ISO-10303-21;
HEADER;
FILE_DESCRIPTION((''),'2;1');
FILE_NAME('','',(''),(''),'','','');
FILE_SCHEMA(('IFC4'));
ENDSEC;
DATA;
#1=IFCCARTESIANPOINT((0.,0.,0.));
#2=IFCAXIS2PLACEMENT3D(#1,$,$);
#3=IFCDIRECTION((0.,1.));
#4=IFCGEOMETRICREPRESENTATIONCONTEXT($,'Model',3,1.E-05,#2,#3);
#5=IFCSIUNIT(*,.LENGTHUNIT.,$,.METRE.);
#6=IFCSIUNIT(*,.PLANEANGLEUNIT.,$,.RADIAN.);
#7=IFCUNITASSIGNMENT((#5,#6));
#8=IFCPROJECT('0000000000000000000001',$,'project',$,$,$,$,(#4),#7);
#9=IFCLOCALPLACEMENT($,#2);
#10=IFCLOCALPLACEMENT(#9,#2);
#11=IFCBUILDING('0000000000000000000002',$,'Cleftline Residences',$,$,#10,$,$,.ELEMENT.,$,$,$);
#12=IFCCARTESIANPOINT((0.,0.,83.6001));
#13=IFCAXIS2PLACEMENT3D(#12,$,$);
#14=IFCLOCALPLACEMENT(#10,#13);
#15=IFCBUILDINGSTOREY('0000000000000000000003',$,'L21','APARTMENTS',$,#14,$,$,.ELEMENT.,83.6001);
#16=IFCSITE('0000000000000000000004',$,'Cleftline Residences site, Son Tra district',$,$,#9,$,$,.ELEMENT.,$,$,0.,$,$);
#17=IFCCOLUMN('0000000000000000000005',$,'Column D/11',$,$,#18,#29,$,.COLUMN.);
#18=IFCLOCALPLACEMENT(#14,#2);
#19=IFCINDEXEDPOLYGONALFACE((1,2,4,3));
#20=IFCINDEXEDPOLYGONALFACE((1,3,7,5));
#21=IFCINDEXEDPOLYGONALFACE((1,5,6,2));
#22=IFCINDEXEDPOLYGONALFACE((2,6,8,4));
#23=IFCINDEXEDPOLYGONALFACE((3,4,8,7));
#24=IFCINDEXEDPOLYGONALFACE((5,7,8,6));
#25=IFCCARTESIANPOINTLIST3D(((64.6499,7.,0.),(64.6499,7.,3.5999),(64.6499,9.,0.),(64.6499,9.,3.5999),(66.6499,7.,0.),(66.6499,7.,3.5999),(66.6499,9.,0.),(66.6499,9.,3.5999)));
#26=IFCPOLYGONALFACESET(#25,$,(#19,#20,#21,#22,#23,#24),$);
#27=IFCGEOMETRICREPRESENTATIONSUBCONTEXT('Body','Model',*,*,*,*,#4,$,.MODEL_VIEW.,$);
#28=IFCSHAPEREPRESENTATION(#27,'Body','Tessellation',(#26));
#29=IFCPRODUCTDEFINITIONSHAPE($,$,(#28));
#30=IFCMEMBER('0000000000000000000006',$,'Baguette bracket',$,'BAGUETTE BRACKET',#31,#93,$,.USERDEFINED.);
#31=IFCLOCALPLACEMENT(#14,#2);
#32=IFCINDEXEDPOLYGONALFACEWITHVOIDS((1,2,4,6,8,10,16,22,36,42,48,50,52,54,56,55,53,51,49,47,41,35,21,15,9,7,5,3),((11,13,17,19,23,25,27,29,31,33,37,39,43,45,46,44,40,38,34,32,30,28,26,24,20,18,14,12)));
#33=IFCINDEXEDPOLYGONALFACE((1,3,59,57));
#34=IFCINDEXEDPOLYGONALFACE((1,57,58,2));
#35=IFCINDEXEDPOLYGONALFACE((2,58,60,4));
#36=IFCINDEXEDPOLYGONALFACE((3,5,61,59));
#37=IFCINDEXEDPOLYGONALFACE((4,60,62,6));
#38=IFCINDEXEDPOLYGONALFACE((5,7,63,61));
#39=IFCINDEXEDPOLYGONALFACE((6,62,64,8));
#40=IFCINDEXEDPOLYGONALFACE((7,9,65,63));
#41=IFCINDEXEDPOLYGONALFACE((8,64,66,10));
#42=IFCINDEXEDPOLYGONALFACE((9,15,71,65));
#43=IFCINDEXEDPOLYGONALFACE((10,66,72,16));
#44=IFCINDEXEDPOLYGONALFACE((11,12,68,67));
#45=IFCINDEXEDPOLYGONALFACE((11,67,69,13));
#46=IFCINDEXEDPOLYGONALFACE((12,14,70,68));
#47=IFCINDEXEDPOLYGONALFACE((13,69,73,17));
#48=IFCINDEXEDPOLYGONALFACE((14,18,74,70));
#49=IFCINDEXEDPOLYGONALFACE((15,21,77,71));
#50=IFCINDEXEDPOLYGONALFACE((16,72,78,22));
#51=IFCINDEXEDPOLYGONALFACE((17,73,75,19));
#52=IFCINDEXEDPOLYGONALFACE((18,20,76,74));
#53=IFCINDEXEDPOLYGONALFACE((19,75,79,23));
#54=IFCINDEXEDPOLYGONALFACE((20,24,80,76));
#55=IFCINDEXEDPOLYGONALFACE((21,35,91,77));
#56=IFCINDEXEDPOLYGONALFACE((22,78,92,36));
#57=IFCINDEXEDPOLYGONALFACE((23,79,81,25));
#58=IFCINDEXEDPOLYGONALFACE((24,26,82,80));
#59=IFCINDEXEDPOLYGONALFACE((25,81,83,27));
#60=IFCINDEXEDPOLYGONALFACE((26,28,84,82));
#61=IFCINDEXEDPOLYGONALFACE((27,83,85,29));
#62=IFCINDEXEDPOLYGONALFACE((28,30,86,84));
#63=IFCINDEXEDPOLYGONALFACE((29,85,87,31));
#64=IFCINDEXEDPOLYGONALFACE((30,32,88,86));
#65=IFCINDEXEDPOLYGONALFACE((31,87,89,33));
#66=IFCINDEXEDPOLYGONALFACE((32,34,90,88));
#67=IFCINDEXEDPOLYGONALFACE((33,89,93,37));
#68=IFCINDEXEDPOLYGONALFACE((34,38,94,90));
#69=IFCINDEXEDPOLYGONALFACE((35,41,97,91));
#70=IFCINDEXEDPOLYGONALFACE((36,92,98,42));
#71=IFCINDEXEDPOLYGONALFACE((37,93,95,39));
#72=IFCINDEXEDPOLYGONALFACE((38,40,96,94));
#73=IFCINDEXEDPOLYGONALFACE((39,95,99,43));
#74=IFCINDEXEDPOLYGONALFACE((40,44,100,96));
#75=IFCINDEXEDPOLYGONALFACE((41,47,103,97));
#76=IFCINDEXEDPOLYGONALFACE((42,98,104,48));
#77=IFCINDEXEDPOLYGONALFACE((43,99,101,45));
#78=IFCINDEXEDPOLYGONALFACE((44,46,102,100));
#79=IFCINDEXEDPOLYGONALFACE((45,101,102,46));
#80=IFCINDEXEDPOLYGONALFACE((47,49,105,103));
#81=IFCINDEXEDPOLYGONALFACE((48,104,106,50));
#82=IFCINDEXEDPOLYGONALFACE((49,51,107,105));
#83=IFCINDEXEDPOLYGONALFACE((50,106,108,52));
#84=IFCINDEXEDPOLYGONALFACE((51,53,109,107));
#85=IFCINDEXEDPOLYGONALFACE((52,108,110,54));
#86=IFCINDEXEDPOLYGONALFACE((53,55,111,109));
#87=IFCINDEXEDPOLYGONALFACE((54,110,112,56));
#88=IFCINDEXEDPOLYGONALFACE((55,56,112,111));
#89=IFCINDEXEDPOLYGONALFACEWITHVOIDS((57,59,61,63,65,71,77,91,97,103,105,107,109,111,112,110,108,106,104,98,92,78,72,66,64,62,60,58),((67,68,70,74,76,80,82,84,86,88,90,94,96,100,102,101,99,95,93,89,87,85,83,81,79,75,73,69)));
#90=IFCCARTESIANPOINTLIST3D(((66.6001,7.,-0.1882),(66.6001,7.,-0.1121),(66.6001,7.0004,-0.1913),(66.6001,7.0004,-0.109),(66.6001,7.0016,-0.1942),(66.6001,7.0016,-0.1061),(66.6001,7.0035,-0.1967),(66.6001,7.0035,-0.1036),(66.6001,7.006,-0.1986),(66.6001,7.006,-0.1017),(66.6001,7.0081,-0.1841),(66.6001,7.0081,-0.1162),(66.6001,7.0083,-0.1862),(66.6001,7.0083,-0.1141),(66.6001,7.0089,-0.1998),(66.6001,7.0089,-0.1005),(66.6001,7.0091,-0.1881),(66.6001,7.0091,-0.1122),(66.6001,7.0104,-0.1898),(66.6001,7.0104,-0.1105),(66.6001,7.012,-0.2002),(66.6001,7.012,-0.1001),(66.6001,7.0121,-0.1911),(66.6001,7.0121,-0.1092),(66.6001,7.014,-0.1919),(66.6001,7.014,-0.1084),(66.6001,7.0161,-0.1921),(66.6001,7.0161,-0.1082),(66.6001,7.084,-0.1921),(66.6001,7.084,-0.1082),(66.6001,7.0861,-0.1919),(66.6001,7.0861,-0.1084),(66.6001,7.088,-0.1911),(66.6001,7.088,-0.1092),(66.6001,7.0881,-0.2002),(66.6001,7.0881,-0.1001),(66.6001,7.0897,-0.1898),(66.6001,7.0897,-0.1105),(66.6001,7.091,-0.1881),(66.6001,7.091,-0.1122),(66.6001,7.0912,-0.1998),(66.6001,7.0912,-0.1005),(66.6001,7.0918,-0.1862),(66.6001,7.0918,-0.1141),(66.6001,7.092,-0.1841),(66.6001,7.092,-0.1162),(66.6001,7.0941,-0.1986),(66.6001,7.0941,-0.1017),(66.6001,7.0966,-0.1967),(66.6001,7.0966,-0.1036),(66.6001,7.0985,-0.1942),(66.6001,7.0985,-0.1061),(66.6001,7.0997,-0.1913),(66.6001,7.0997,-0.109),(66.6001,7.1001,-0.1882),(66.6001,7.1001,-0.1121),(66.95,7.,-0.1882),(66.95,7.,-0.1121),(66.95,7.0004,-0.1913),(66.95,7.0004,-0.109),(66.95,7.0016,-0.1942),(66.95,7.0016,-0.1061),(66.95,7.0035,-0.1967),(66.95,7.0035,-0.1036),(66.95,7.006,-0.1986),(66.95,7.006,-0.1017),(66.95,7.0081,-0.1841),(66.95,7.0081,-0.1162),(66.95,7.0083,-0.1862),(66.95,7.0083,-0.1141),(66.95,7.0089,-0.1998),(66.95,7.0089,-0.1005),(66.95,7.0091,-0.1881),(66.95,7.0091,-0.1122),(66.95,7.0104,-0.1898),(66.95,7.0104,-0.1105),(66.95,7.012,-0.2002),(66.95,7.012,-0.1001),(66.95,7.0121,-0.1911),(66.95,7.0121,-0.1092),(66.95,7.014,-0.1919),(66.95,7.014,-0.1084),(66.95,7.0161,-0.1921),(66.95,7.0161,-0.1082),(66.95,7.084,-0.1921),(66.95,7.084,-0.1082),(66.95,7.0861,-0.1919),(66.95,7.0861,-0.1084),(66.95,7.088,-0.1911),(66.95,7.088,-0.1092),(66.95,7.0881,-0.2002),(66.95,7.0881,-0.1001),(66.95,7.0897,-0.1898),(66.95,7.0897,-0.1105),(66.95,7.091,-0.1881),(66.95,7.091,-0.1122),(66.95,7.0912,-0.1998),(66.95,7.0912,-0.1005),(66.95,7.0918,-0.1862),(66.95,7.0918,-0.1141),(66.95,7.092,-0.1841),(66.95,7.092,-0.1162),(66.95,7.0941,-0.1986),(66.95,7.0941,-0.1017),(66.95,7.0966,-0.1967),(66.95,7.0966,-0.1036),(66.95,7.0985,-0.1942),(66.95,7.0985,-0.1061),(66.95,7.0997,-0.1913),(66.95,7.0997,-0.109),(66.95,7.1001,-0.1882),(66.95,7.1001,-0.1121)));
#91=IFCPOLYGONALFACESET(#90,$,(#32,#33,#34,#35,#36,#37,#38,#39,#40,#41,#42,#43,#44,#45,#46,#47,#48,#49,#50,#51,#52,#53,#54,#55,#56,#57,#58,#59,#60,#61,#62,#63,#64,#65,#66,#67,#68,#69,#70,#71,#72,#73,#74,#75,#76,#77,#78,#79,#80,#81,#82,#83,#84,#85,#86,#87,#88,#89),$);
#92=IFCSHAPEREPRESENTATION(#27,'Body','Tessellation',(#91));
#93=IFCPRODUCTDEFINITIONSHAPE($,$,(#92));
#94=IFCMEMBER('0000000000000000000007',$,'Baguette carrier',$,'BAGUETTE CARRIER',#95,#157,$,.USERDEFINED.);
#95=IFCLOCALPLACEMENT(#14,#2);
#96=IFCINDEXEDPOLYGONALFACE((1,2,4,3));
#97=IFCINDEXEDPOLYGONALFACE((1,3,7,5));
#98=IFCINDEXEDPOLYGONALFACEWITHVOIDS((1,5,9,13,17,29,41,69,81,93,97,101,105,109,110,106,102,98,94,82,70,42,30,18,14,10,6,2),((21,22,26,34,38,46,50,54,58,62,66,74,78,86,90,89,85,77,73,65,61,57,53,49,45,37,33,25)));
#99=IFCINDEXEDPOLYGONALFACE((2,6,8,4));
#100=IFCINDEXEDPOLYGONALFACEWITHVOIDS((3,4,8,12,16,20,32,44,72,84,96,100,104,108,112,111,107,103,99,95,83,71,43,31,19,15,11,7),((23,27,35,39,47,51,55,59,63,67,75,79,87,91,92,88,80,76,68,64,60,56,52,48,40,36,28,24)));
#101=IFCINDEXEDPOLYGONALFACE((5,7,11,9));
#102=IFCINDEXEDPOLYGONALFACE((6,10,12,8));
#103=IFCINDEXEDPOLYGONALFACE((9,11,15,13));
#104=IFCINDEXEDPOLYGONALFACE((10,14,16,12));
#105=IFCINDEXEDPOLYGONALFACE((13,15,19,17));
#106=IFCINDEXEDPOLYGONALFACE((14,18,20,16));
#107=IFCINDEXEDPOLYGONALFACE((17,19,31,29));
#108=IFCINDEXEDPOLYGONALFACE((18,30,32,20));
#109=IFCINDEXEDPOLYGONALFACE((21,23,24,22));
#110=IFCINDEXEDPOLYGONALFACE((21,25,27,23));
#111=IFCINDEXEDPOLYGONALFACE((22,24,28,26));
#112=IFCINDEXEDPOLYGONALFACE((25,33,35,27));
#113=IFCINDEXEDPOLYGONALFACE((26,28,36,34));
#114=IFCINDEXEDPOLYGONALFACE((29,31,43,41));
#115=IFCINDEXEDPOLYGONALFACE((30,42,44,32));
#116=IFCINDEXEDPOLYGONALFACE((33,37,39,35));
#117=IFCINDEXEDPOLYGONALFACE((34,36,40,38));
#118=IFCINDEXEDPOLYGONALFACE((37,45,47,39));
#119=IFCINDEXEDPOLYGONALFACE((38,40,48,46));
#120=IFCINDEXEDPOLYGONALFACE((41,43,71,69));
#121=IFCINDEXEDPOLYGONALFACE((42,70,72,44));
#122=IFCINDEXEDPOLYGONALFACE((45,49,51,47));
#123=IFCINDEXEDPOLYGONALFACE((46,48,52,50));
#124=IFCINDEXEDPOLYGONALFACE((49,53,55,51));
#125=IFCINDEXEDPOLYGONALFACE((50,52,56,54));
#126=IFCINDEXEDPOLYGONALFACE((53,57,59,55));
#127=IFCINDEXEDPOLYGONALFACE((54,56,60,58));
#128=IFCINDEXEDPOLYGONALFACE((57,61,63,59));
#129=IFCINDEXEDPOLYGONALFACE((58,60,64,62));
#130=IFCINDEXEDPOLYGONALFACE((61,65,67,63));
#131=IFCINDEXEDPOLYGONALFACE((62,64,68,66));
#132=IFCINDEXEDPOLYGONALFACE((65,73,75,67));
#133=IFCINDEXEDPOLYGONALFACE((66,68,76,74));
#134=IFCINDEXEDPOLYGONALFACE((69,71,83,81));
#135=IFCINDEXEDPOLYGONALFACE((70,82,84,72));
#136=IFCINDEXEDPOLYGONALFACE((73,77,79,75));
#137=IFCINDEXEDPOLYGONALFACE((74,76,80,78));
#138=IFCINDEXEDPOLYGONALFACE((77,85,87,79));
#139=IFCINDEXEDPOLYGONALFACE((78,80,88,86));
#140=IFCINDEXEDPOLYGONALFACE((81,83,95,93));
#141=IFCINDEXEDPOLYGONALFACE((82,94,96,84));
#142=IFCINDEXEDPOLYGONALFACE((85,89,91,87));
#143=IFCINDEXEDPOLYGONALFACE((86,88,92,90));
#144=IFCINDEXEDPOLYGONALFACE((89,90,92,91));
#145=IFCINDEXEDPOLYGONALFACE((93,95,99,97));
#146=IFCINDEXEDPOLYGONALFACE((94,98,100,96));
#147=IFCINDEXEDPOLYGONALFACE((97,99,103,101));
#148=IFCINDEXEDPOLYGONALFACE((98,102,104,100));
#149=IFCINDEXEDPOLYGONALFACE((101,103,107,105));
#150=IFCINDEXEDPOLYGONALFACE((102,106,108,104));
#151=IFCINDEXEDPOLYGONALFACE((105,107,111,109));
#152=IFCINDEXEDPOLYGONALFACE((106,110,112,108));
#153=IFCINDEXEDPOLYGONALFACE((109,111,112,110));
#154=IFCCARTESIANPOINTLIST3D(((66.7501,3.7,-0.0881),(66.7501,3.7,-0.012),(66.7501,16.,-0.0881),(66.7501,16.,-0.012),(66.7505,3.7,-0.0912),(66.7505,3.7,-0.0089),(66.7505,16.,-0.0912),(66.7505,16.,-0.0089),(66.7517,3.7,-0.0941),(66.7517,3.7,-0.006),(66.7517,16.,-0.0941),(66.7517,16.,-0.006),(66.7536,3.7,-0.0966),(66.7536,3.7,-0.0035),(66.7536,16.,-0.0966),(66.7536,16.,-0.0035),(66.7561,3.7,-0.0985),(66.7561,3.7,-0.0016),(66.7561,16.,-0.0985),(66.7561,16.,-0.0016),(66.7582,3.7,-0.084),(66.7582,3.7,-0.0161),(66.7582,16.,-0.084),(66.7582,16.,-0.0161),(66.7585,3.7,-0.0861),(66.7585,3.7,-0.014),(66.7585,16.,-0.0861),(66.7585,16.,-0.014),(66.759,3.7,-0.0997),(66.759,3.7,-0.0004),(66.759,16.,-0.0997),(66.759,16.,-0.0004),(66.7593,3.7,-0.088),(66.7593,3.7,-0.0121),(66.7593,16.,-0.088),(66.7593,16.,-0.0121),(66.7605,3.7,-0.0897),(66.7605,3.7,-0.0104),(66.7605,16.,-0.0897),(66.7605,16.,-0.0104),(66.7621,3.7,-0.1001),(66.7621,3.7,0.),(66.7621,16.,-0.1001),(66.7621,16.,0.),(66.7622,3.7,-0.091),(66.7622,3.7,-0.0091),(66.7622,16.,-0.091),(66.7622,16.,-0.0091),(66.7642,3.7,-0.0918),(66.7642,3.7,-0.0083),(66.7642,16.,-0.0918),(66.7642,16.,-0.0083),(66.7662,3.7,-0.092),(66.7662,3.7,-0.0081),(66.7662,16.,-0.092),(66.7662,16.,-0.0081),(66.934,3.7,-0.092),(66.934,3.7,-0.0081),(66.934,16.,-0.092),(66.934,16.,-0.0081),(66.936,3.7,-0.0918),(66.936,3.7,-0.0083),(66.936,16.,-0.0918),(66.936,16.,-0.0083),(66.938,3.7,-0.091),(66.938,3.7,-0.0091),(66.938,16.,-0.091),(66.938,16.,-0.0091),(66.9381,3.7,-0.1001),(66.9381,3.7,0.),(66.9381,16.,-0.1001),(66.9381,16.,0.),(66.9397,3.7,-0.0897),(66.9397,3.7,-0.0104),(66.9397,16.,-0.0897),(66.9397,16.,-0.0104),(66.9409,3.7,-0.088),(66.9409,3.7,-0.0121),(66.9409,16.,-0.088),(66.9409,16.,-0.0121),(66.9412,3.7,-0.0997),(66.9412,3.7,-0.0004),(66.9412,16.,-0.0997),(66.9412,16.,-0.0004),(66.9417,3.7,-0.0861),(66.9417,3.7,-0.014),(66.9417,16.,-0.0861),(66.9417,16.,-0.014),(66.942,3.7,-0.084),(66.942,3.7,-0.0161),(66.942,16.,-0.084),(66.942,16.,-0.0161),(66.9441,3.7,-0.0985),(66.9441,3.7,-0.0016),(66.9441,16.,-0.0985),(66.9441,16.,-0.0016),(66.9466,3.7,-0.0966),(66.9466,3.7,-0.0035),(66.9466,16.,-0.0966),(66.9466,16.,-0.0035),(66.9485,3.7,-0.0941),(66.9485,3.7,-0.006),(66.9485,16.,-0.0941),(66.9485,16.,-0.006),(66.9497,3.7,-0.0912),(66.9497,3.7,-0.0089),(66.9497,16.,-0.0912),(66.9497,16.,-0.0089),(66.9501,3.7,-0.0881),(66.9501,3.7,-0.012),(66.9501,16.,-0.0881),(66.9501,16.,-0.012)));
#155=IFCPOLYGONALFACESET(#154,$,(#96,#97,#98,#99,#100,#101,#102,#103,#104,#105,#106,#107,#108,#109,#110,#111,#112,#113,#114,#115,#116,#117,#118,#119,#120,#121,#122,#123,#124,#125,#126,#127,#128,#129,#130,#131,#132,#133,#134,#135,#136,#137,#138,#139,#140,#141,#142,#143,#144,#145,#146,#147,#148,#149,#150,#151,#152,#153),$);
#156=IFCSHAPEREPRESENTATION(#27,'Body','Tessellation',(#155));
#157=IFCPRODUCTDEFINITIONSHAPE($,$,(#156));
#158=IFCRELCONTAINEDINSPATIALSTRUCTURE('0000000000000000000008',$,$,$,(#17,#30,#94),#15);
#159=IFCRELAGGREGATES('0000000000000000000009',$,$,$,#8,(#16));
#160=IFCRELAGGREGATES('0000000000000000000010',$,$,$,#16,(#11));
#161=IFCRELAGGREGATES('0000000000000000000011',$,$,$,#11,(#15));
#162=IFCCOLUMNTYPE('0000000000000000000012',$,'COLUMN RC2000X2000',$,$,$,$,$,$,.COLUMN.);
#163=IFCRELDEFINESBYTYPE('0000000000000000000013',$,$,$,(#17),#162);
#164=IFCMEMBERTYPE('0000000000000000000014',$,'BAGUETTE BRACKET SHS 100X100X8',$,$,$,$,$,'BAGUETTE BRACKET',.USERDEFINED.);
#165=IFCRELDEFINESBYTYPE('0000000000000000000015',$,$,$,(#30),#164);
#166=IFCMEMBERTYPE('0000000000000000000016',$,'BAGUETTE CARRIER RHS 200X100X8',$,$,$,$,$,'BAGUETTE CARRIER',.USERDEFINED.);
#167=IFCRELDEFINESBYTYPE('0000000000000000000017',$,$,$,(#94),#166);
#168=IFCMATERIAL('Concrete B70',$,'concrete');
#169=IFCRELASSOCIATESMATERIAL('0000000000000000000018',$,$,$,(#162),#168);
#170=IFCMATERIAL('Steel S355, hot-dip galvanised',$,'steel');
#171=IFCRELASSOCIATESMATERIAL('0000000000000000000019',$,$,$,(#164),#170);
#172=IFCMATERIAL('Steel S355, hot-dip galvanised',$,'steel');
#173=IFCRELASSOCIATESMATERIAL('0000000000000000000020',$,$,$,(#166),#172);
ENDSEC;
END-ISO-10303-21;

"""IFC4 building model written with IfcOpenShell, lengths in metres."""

from ifc_helpers import new_model, si_unit, direction, frame, origin, origin_2d, place, context, subcontext, project, spatial, rectangle, hollow_rectangle, extrude, material, material_profile, profile_set, type_object, element, save


model = new_model("IFC4")

# Units and contexts
model_context = context("Model", 3, precision=1e-05, world=origin(), true_north=direction((0.0, 1.0)))
body_context = subcontext(model_context, "Body", "Model", "MODEL_VIEW")
ifc_project = project(units=[si_unit("LENGTHUNIT", "METRE"), si_unit("PLANEANGLEUNIT", "RADIAN")], contexts=[model_context])

# Site, building, storey
site_placement = place(None, origin())
site = spatial("IfcSite", under=ifc_project, at=site_placement, Name="Cleftline Residences site, Son Tra district", CompositionType="ELEMENT", RefElevation=0.0)
building_placement = place(site_placement, origin())
building = spatial("IfcBuilding", under=site, at=building_placement, Name="Cleftline Residences", CompositionType="ELEMENT")
storey_placement = place(building_placement, frame((0.0, 0.0, 83.6001)))
storey = spatial("IfcBuildingStorey", under=building, at=storey_placement, Name="L21", Description="APARTMENTS", CompositionType="ELEMENT", Elevation=83.6001)

# Column
ifc_material_1 = material(Name="Concrete B70", Category="concrete")
ifc_material_profile_1 = material_profile(ifc_material_1, rectangle(XDim=2.0, YDim=2.0, at=origin_2d()))
ifc_profile_set_1 = profile_set([ifc_material_profile_1], Name="Concrete B70")
column_type = type_object("IfcColumnType", Name="COLUMN RC2000X2000", PredefinedType="COLUMN", material=ifc_profile_set_1)
column_placement = place(storey_placement, frame((65.6499, 8.0, 0.0), z_axis=(0.0, 0.0, 1.0), x_axis=(1.0, 0.0, 0.0)))
element("IfcColumn", 1, at=column_placement, inside=storey, type_object=column_type, Name="Column D/11", PredefinedType="COLUMN", context=body_context, shape_type="SweptSolid", body=[
    extrude(rectangle(XDim=2.0, YDim=2.0, at=origin_2d()), origin(), (0.0, 0.0, 1.0), 3.5999),
])

# Members
ifc_material_2 = material(Name="Steel S355, hot-dip galvanised", Category="steel")
ifc_material_profile_2 = material_profile(ifc_material_2, hollow_rectangle(XDim=0.1001, YDim=0.1001, WallThickness=0.0081, InnerFilletRadius=0.0081, OuterFilletRadius=0.012, at=origin_2d()))
ifc_profile_set_2 = profile_set([ifc_material_profile_2], Name="Steel S355, hot-dip galvanised")
member_type_1 = type_object("IfcMemberType", Name="BAGUETTE BRACKET SHS 100X100X8", ElementType="BAGUETTE BRACKET", PredefinedType="USERDEFINED", material=ifc_profile_set_2)
member_1_placement = place(storey_placement, frame((66.6001, 7.05, -0.1501), z_axis=(1.0, 0.0, 0.0), x_axis=(0.0, 1.0, 0.0)))
element("IfcMember", 2, at=member_1_placement, inside=storey, type_object=member_type_1, Name="Baguette bracket", ObjectType="BAGUETTE BRACKET", PredefinedType="USERDEFINED", context=body_context, shape_type="SweptSolid", body=[
    extrude(hollow_rectangle(XDim=0.1001, YDim=0.1001, WallThickness=0.0081, InnerFilletRadius=0.0081, OuterFilletRadius=0.012, at=origin_2d()), origin(), (0.0, 0.0, 1.0), 0.3499),
])
ifc_material_3 = material(Name="Steel S355, hot-dip galvanised", Category="steel")
ifc_material_profile_3 = material_profile(ifc_material_3, hollow_rectangle(XDim=0.1001, YDim=0.2, WallThickness=0.0081, InnerFilletRadius=0.0081, OuterFilletRadius=0.012, at=origin_2d()))
ifc_profile_set_3 = profile_set([ifc_material_profile_3], Name="Steel S355, hot-dip galvanised")
member_type_2 = type_object("IfcMemberType", Name="BAGUETTE CARRIER RHS 200X100X8", ElementType="BAGUETTE CARRIER", PredefinedType="USERDEFINED", material=ifc_profile_set_3)
member_2_placement = place(storey_placement, frame((66.8501, 3.7, -0.05), z_axis=(0.0, 1.0, 0.0), x_axis=(0.0, 0.0, 1.0)))
element("IfcMember", 3, at=member_2_placement, inside=storey, type_object=member_type_2, Name="Baguette carrier", ObjectType="BAGUETTE CARRIER", PredefinedType="USERDEFINED", context=body_context, shape_type="SweptSolid", body=[
    extrude(hollow_rectangle(XDim=0.1001, YDim=0.2, WallThickness=0.0081, InnerFilletRadius=0.0081, OuterFilletRadius=0.012, at=origin_2d()), origin(), (0.0, 0.0, 1.0), 12.3),
])

save(model, "model.ifc")
